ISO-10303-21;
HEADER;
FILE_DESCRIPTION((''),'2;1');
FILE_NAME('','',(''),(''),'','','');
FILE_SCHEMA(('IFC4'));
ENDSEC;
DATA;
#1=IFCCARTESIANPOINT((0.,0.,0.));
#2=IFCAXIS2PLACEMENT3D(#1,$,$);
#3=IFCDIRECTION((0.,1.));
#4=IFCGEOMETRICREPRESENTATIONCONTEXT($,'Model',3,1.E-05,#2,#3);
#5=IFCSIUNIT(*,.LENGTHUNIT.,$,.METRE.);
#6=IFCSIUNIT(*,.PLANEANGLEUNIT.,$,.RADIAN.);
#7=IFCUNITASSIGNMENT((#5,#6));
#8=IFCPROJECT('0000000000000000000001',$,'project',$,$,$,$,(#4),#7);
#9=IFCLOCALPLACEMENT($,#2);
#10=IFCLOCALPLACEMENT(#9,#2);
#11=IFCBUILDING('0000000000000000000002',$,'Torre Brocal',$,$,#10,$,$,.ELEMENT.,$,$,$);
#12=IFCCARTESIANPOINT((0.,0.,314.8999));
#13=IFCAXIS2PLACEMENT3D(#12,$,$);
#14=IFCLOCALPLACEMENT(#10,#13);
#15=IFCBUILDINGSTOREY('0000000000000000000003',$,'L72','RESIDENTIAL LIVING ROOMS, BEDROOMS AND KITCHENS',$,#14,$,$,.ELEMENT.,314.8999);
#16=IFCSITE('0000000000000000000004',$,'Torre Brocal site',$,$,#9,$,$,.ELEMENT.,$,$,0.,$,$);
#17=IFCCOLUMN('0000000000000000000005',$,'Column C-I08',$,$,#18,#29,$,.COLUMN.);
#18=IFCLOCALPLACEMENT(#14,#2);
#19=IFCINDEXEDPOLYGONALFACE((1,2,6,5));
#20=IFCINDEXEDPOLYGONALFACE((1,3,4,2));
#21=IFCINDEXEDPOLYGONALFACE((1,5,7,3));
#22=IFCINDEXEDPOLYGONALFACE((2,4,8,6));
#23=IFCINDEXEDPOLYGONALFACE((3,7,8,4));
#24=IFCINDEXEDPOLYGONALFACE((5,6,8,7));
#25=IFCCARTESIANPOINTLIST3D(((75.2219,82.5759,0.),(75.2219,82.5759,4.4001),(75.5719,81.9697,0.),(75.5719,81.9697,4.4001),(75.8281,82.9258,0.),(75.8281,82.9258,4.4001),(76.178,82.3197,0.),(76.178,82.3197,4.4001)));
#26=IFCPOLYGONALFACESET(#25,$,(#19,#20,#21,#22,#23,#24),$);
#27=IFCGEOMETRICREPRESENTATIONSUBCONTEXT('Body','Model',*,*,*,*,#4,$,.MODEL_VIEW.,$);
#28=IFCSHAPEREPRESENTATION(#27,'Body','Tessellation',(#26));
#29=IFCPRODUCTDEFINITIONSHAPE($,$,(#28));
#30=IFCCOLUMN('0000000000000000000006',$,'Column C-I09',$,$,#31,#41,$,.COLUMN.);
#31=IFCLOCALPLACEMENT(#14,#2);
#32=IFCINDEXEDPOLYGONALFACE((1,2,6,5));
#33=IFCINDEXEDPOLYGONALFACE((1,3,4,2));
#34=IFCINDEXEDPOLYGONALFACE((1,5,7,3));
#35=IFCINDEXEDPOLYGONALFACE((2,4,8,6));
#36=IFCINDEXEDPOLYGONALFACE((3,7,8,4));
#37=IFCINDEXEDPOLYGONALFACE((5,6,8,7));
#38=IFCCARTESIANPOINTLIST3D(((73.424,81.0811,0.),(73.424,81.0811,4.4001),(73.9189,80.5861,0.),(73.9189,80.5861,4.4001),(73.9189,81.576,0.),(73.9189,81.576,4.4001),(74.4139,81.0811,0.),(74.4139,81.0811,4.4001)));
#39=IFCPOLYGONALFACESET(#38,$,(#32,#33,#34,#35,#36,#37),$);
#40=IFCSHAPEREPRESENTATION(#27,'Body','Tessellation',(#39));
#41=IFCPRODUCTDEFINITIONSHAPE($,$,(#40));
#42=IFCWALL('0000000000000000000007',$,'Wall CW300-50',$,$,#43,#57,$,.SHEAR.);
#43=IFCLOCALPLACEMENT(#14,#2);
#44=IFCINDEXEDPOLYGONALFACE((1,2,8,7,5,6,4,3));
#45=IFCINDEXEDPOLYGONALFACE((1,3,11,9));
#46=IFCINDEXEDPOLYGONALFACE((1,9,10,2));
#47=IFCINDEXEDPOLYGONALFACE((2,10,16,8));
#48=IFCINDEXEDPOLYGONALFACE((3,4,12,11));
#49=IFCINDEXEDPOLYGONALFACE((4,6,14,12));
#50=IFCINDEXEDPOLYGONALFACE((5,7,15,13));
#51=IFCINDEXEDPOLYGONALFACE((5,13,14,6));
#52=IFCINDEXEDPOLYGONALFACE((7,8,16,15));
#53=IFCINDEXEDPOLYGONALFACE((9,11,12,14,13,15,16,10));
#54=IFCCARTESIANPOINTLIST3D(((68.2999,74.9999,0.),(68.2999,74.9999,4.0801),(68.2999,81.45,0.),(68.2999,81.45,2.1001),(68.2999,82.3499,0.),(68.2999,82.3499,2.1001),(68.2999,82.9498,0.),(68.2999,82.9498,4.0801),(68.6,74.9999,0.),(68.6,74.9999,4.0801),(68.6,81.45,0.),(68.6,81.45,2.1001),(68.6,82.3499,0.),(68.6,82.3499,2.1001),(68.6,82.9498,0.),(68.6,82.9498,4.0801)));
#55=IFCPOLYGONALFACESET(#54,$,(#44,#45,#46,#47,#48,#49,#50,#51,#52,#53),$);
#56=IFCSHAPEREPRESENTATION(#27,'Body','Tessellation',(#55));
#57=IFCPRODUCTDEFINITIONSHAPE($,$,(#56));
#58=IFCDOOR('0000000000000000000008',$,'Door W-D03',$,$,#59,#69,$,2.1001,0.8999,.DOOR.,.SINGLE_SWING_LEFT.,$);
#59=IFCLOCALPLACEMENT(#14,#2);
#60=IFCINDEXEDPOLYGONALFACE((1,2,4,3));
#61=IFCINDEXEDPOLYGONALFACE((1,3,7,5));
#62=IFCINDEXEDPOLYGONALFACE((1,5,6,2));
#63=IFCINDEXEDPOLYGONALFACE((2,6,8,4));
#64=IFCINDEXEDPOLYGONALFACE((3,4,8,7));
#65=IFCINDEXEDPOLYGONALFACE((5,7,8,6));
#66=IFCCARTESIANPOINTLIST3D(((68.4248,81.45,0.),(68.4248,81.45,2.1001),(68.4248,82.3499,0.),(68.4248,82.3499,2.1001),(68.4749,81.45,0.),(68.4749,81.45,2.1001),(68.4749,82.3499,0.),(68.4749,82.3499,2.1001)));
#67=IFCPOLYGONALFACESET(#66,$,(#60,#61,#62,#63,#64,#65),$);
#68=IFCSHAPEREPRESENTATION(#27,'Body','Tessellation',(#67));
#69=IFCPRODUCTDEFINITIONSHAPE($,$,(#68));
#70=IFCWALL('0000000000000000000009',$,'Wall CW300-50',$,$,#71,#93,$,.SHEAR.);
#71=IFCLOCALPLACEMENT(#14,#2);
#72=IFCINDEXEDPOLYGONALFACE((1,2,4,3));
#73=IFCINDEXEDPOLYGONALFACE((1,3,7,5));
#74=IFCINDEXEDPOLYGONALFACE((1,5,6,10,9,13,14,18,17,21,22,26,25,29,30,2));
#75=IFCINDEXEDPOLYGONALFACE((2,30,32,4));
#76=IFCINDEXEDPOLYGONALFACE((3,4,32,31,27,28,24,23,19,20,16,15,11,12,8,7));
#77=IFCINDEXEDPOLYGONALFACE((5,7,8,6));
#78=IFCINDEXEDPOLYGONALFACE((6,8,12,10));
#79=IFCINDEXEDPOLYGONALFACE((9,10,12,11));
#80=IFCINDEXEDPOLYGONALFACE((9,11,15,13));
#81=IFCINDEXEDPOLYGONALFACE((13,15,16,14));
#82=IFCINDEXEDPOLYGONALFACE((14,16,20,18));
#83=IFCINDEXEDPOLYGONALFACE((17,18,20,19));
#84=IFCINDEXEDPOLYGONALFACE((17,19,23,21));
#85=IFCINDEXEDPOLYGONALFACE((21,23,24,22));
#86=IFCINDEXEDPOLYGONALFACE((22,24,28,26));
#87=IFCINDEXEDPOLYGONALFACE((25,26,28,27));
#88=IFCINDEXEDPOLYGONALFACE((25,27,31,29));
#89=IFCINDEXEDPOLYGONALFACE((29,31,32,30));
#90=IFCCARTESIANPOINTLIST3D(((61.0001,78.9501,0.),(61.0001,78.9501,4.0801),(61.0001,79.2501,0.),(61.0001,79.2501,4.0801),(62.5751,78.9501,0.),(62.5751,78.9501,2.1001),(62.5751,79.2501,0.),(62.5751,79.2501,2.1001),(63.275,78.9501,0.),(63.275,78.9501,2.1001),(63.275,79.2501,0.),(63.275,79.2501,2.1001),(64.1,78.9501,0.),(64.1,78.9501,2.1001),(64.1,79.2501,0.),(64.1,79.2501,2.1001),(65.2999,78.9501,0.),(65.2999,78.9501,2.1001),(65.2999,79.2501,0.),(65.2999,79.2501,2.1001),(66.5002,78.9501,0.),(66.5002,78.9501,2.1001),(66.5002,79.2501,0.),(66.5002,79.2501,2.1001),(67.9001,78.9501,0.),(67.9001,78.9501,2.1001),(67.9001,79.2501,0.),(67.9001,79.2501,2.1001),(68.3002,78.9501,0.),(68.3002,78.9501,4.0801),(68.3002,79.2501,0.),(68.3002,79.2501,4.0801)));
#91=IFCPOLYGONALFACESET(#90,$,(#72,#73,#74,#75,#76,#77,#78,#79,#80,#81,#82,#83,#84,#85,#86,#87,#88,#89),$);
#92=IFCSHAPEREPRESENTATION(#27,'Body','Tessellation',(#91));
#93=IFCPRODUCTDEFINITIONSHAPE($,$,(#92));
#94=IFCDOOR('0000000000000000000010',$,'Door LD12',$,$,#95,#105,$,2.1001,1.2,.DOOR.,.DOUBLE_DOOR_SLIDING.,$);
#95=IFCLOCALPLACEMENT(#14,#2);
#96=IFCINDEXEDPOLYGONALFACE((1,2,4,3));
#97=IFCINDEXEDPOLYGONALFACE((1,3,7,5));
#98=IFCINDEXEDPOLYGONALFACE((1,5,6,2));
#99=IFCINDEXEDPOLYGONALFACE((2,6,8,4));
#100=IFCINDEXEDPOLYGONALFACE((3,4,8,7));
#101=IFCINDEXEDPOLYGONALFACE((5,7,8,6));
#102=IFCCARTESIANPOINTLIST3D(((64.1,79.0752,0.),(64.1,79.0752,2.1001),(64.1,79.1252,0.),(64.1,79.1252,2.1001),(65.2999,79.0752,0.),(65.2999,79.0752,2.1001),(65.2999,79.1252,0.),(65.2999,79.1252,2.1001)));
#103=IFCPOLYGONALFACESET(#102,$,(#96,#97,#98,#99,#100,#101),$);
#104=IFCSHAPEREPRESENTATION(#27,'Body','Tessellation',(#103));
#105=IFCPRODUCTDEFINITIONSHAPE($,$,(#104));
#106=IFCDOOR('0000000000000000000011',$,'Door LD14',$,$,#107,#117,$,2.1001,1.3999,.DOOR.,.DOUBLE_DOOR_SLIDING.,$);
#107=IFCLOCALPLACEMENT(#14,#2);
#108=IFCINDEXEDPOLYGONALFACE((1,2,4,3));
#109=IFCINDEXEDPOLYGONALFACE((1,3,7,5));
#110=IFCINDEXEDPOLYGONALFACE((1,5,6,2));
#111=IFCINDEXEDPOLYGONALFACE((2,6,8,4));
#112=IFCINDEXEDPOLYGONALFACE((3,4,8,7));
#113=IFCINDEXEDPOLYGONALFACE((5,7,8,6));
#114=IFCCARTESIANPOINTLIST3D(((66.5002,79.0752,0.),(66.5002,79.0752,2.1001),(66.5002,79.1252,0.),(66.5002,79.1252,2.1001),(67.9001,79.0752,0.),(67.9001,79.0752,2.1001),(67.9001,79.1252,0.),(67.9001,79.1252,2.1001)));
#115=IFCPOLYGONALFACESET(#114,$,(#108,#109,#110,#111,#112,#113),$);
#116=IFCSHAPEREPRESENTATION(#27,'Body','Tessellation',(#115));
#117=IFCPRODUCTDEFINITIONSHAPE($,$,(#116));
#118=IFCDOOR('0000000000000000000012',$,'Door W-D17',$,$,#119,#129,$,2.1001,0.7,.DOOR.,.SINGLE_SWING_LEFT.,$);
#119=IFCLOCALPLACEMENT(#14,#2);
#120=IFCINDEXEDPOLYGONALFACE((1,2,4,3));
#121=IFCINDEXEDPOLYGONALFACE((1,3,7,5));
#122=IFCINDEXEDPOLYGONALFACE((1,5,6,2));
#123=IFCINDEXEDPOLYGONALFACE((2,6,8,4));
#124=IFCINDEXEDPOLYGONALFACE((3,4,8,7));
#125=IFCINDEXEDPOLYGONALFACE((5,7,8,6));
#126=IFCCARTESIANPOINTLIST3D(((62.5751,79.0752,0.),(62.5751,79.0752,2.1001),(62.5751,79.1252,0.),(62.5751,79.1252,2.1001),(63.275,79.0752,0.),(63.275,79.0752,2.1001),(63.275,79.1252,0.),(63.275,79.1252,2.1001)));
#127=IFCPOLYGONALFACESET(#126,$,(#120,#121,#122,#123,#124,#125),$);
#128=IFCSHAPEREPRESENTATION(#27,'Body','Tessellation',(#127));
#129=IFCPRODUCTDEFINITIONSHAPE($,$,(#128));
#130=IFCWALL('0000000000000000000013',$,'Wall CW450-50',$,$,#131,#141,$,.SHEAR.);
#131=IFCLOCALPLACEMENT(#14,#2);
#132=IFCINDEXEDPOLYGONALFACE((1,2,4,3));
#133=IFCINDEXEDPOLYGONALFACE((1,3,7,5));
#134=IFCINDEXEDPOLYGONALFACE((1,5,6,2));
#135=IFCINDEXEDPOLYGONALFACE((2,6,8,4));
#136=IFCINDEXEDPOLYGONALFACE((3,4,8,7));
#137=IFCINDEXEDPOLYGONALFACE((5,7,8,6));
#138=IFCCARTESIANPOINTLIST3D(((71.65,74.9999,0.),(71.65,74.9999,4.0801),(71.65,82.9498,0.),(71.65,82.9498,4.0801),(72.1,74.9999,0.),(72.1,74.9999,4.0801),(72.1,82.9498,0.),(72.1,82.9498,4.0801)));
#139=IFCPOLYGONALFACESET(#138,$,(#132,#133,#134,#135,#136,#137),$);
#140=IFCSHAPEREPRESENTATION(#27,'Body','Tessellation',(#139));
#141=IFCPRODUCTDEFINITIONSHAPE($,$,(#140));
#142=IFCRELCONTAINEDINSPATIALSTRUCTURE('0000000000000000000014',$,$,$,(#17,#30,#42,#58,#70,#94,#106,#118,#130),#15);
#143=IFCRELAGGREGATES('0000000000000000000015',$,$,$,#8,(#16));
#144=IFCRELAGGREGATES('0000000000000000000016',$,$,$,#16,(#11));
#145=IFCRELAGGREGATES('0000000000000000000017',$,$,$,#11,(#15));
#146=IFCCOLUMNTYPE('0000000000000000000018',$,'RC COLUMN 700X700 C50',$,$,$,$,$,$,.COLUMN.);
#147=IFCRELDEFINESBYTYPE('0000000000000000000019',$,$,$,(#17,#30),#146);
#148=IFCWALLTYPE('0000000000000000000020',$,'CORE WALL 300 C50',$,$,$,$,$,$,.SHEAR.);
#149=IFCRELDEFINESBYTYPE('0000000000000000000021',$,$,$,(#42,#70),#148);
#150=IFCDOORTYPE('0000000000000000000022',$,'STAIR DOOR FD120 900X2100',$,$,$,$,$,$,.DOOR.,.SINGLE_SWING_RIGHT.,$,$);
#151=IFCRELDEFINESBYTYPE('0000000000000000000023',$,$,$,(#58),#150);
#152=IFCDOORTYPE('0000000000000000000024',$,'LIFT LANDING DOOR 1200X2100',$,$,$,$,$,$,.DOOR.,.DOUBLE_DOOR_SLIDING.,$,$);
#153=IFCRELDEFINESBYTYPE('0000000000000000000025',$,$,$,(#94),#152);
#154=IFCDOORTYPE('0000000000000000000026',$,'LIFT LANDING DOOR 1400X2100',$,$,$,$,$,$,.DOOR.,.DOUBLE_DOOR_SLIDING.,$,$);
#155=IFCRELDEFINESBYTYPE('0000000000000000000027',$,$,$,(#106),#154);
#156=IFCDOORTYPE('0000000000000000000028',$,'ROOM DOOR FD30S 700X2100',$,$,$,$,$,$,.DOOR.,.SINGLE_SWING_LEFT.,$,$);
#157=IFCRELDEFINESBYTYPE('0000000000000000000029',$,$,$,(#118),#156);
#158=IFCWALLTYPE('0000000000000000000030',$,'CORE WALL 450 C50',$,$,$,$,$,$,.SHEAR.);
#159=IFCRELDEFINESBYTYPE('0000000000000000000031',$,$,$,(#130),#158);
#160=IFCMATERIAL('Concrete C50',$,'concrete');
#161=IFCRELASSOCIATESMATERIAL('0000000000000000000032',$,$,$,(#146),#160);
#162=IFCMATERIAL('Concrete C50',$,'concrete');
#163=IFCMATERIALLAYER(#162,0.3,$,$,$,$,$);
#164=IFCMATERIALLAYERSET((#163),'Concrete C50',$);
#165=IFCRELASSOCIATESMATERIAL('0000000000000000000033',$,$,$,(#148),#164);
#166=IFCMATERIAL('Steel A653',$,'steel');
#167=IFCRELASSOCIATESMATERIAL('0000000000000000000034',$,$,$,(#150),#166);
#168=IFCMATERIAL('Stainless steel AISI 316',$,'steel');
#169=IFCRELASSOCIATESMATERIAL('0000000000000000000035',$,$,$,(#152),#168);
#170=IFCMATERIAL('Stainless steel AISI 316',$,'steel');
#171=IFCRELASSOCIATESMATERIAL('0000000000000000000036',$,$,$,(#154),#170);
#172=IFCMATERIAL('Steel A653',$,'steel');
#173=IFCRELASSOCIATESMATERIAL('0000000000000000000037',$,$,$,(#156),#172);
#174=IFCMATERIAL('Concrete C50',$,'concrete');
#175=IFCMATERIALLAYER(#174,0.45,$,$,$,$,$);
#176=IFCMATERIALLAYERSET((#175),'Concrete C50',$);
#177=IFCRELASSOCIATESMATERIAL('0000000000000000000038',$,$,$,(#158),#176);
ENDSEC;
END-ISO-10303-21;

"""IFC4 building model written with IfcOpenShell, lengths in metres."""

from ifc_helpers import new_model, si_unit, direction, frame, frame_2d, origin, origin_2d, place, context, subcontext, project, spatial, rectangle, extrude, material, layer, layer_set, material_profile, profile_set, type_object, element, fill, save


model = new_model("IFC4")

# Units and contexts
model_context = context("Model", 3, precision=1e-05, world=origin(), true_north=direction((0.0, 1.0)))
body_context = subcontext(model_context, "Body", "Model", "MODEL_VIEW")
ifc_project = project(units=[si_unit("LENGTHUNIT", "METRE"), si_unit("PLANEANGLEUNIT", "RADIAN")], contexts=[model_context])

# Site, building, storey
site_placement = place(None, origin())
site = spatial("IfcSite", under=ifc_project, at=site_placement, Name="Torre Brocal site", CompositionType="ELEMENT", RefElevation=0.0)
building_placement = place(site_placement, origin())
building = spatial("IfcBuilding", under=site, at=building_placement, Name="Torre Brocal", CompositionType="ELEMENT")
storey_placement = place(building_placement, frame((0.0, 0.0, 314.8999)))
storey = spatial("IfcBuildingStorey", under=building, at=storey_placement, Name="L72", Description="RESIDENTIAL LIVING ROOMS, BEDROOMS AND KITCHENS", CompositionType="ELEMENT", Elevation=314.8999)

# Columns
ifc_material_1 = material(Name="Concrete C50", Category="concrete")
ifc_material_profile = material_profile(ifc_material_1, rectangle(XDim=0.7, YDim=0.7, at=origin_2d()), Name="RC 700X700")
ifc_profile_set = profile_set([ifc_material_profile], Name="Concrete C50")
column_type = type_object("IfcColumnType", Name="RC COLUMN 700X700 C50", PredefinedType="COLUMN", material=ifc_profile_set)
for number, where, z_axis, x_axis, name in (
    (1, (75.7, 82.4478, 0.0), (0.0, 0.0, 1.0), (-0.5, 0.866025, 0.0), "Column C-I08"),
    (2, (73.9189, 81.0811, 0.0), (0.0, 0.0, 1.0), (-0.707107, 0.707107, 0.0), "Column C-I09"),
):
    element("IfcColumn", number, at=place(storey_placement, frame(where, z_axis=z_axis, x_axis=x_axis)), inside=storey, type_object=column_type, Name=name, PredefinedType="COLUMN", context=body_context, shape_type="SweptSolid", body=[
        extrude(rectangle(XDim=0.7, YDim=0.7, at=origin_2d()), origin(), (0.0, 0.0, 1.0), 4.4001),
    ])

# Wall, opening, door
ifc_material_2 = material(Name="Concrete C50", Category="concrete")
ifc_layer_1 = layer(ifc_material_2, 0.3)
ifc_layer_set_1 = layer_set([ifc_layer_1], Name="Concrete C50")
wall_type_1 = type_object("IfcWallType", Name="CORE WALL 300 C50", PredefinedType="SHEAR", material=ifc_layer_set_1)
wall_1_placement = place(storey_placement, frame((68.45, 82.95, 0.0), z_axis=(0.0, 0.0, 1.0), x_axis=(0.0, -1.0, 0.0)))
wall_1 = element("IfcWall", 3, at=wall_1_placement, inside=storey, type_object=wall_type_1, Name="Wall CW300-50", PredefinedType="SHEAR", context=body_context, shape_type="SweptSolid", body=[
    extrude(rectangle(XDim=7.95, YDim=0.3, at=frame_2d((3.9751, 0.0))), origin(), (0.0, 0.0, 1.0), 4.0801),
])
opening_1_placement = place(wall_1_placement, frame((0.6001, 0.0, 0.0)))
opening_1 = element("IfcOpeningElement", 4, at=opening_1_placement, cuts=wall_1, PredefinedType="OPENING", context=body_context, shape_type="SweptSolid", body=[
    extrude(rectangle(XDim=0.8999, YDim=2.1001, at=frame_2d((0.45, 1.05))), frame((0.0, 0.1599, 0.0), z_axis=(0.0, -1.0, 0.0), x_axis=(1.0, 0.0, 0.0)), (0.0, 0.0, 1.0), 0.3201),
])
ifc_material_3 = material(Name="Steel A653", Category="steel")
door_type_1 = type_object("IfcDoorType", Name="STAIR DOOR FD120 900X2100", OperationType="SINGLE_SWING_RIGHT", PredefinedType="DOOR", material=ifc_material_3)
door_1_placement = place(opening_1_placement, origin())
door_1 = element("IfcDoor", 5, at=door_1_placement, inside=storey, type_object=door_type_1, Name="Door W-D03", OperationType="SINGLE_SWING_LEFT", OverallHeight=2.1001, OverallWidth=0.8999, PredefinedType="DOOR", context=body_context, shape_type="SweptSolid", body=[
    extrude(rectangle(XDim=0.8999, YDim=2.1001, at=frame_2d((0.45, 1.05))), frame((0.0, 0.0249, 0.0), z_axis=(0.0, -1.0, 0.0), x_axis=(1.0, 0.0, 0.0)), (0.0, 0.0, 1.0), 0.05),
])
fill(opening_1, door_1)

# Wall, openings, doors
wall_2_placement = place(storey_placement, frame((68.3, 79.1001, 0.0), z_axis=(0.0, 0.0, 1.0), x_axis=(-1.0, 0.0, 0.0)))
wall_2 = element("IfcWall", 6, at=wall_2_placement, inside=storey, type_object=wall_type_1, Name="Wall CW300-50", PredefinedType="SHEAR", context=body_context, shape_type="SweptSolid", body=[
    extrude(rectangle(XDim=7.3, YDim=0.3, at=frame_2d((3.6499, 0.0))), origin(), (0.0, 0.0, 1.0), 4.0801),
])
opening_2_placement = place(wall_2_placement, frame((0.3999, 0.0, 0.0)))
opening_2 = element("IfcOpeningElement", 7, at=opening_2_placement, cuts=wall_2, PredefinedType="OPENING", context=body_context, shape_type="SweptSolid", body=[
    extrude(rectangle(XDim=1.3999, YDim=2.1001, at=frame_2d((0.7, 1.05))), frame((0.0, 0.1599, 0.0), z_axis=(0.0, -1.0, 0.0), x_axis=(1.0, 0.0, 0.0)), (0.0, 0.0, 1.0), 0.3201),
])
opening_3_placement = place(wall_2_placement, frame((3.0, 0.0, 0.0)))
opening_3 = element("IfcOpeningElement", 8, at=opening_3_placement, cuts=wall_2, PredefinedType="OPENING", context=body_context, shape_type="SweptSolid", body=[
    extrude(rectangle(XDim=1.2, YDim=2.1001, at=frame_2d((0.6001, 1.05))), frame((0.0, 0.1599, 0.0), z_axis=(0.0, -1.0, 0.0), x_axis=(1.0, 0.0, 0.0)), (0.0, 0.0, 1.0), 0.3201),
])
opening_4_placement = place(wall_2_placement, frame((5.0249, 0.0, 0.0)))
opening_4 = element("IfcOpeningElement", 9, at=opening_4_placement, cuts=wall_2, PredefinedType="OPENING", context=body_context, shape_type="SweptSolid", body=[
    extrude(rectangle(XDim=0.7, YDim=2.1001, at=frame_2d((0.3501, 1.05))), frame((0.0, 0.1599, 0.0), z_axis=(0.0, -1.0, 0.0), x_axis=(1.0, 0.0, 0.0)), (0.0, 0.0, 1.0), 0.3201),
])
ifc_material_4 = material(Name="Stainless steel AISI 316", Category="steel")
door_type_2 = type_object("IfcDoorType", Name="LIFT LANDING DOOR 1200X2100", OperationType="DOUBLE_DOOR_SLIDING", PredefinedType="DOOR", material=ifc_material_4)
door_2_placement = place(opening_3_placement, origin())
door_2 = element("IfcDoor", 10, at=door_2_placement, inside=storey, type_object=door_type_2, Name="Door LD12", OperationType="DOUBLE_DOOR_SLIDING", OverallHeight=2.1001, OverallWidth=1.2, PredefinedType="DOOR", context=body_context, shape_type="SweptSolid", body=[
    extrude(rectangle(XDim=1.2, YDim=2.1001, at=frame_2d((0.6001, 1.05))), frame((0.0, 0.0249, 0.0), z_axis=(0.0, -1.0, 0.0), x_axis=(1.0, 0.0, 0.0)), (0.0, 0.0, 1.0), 0.05),
])
fill(opening_3, door_2)
ifc_material_5 = material(Name="Stainless steel AISI 316", Category="steel")
door_type_3 = type_object("IfcDoorType", Name="LIFT LANDING DOOR 1400X2100", OperationType="DOUBLE_DOOR_SLIDING", PredefinedType="DOOR", material=ifc_material_5)
door_3_placement = place(opening_2_placement, origin())
door_3 = element("IfcDoor", 11, at=door_3_placement, inside=storey, type_object=door_type_3, Name="Door LD14", OperationType="DOUBLE_DOOR_SLIDING", OverallHeight=2.1001, OverallWidth=1.3999, PredefinedType="DOOR", context=body_context, shape_type="SweptSolid", body=[
    extrude(rectangle(XDim=1.3999, YDim=2.1001, at=frame_2d((0.7, 1.05))), frame((0.0, 0.0249, 0.0), z_axis=(0.0, -1.0, 0.0), x_axis=(1.0, 0.0, 0.0)), (0.0, 0.0, 1.0), 0.05),
])
fill(opening_2, door_3)
ifc_material_6 = material(Name="Steel A653", Category="steel")
door_type_4 = type_object("IfcDoorType", Name="ROOM DOOR FD30S 700X2100", OperationType="SINGLE_SWING_LEFT", PredefinedType="DOOR", material=ifc_material_6)
door_4_placement = place(opening_4_placement, origin())
door_4 = element("IfcDoor", 12, at=door_4_placement, inside=storey, type_object=door_type_4, Name="Door W-D17", OperationType="SINGLE_SWING_LEFT", OverallHeight=2.1001, OverallWidth=0.7, PredefinedType="DOOR", context=body_context, shape_type="SweptSolid", body=[
    extrude(rectangle(XDim=0.7, YDim=2.1001, at=frame_2d((0.3501, 1.05))), frame((0.0, 0.0249, 0.0), z_axis=(0.0, -1.0, 0.0), x_axis=(1.0, 0.0, 0.0)), (0.0, 0.0, 1.0), 0.05),
])
fill(opening_4, door_4)

# Wall
ifc_material_7 = material(Name="Concrete C50", Category="concrete")
ifc_layer_2 = layer(ifc_material_7, 0.45)
ifc_layer_set_2 = layer_set([ifc_layer_2], Name="Concrete C50")
wall_type_2 = type_object("IfcWallType", Name="CORE WALL 450 C50", PredefinedType="SHEAR", material=ifc_layer_set_2)
wall_3_placement = place(storey_placement, frame((71.875, 82.95, 0.0), z_axis=(0.0, 0.0, 1.0), x_axis=(0.0, -1.0, 0.0)))
element("IfcWall", 13, at=wall_3_placement, inside=storey, type_object=wall_type_2, Name="Wall CW450-50", PredefinedType="SHEAR", context=body_context, shape_type="SweptSolid", body=[
    extrude(rectangle(XDim=7.95, YDim=0.45, at=frame_2d((3.9751, 0.0))), origin(), (0.0, 0.0, 1.0), 4.0801),
])

save(model, "model.ifc")
